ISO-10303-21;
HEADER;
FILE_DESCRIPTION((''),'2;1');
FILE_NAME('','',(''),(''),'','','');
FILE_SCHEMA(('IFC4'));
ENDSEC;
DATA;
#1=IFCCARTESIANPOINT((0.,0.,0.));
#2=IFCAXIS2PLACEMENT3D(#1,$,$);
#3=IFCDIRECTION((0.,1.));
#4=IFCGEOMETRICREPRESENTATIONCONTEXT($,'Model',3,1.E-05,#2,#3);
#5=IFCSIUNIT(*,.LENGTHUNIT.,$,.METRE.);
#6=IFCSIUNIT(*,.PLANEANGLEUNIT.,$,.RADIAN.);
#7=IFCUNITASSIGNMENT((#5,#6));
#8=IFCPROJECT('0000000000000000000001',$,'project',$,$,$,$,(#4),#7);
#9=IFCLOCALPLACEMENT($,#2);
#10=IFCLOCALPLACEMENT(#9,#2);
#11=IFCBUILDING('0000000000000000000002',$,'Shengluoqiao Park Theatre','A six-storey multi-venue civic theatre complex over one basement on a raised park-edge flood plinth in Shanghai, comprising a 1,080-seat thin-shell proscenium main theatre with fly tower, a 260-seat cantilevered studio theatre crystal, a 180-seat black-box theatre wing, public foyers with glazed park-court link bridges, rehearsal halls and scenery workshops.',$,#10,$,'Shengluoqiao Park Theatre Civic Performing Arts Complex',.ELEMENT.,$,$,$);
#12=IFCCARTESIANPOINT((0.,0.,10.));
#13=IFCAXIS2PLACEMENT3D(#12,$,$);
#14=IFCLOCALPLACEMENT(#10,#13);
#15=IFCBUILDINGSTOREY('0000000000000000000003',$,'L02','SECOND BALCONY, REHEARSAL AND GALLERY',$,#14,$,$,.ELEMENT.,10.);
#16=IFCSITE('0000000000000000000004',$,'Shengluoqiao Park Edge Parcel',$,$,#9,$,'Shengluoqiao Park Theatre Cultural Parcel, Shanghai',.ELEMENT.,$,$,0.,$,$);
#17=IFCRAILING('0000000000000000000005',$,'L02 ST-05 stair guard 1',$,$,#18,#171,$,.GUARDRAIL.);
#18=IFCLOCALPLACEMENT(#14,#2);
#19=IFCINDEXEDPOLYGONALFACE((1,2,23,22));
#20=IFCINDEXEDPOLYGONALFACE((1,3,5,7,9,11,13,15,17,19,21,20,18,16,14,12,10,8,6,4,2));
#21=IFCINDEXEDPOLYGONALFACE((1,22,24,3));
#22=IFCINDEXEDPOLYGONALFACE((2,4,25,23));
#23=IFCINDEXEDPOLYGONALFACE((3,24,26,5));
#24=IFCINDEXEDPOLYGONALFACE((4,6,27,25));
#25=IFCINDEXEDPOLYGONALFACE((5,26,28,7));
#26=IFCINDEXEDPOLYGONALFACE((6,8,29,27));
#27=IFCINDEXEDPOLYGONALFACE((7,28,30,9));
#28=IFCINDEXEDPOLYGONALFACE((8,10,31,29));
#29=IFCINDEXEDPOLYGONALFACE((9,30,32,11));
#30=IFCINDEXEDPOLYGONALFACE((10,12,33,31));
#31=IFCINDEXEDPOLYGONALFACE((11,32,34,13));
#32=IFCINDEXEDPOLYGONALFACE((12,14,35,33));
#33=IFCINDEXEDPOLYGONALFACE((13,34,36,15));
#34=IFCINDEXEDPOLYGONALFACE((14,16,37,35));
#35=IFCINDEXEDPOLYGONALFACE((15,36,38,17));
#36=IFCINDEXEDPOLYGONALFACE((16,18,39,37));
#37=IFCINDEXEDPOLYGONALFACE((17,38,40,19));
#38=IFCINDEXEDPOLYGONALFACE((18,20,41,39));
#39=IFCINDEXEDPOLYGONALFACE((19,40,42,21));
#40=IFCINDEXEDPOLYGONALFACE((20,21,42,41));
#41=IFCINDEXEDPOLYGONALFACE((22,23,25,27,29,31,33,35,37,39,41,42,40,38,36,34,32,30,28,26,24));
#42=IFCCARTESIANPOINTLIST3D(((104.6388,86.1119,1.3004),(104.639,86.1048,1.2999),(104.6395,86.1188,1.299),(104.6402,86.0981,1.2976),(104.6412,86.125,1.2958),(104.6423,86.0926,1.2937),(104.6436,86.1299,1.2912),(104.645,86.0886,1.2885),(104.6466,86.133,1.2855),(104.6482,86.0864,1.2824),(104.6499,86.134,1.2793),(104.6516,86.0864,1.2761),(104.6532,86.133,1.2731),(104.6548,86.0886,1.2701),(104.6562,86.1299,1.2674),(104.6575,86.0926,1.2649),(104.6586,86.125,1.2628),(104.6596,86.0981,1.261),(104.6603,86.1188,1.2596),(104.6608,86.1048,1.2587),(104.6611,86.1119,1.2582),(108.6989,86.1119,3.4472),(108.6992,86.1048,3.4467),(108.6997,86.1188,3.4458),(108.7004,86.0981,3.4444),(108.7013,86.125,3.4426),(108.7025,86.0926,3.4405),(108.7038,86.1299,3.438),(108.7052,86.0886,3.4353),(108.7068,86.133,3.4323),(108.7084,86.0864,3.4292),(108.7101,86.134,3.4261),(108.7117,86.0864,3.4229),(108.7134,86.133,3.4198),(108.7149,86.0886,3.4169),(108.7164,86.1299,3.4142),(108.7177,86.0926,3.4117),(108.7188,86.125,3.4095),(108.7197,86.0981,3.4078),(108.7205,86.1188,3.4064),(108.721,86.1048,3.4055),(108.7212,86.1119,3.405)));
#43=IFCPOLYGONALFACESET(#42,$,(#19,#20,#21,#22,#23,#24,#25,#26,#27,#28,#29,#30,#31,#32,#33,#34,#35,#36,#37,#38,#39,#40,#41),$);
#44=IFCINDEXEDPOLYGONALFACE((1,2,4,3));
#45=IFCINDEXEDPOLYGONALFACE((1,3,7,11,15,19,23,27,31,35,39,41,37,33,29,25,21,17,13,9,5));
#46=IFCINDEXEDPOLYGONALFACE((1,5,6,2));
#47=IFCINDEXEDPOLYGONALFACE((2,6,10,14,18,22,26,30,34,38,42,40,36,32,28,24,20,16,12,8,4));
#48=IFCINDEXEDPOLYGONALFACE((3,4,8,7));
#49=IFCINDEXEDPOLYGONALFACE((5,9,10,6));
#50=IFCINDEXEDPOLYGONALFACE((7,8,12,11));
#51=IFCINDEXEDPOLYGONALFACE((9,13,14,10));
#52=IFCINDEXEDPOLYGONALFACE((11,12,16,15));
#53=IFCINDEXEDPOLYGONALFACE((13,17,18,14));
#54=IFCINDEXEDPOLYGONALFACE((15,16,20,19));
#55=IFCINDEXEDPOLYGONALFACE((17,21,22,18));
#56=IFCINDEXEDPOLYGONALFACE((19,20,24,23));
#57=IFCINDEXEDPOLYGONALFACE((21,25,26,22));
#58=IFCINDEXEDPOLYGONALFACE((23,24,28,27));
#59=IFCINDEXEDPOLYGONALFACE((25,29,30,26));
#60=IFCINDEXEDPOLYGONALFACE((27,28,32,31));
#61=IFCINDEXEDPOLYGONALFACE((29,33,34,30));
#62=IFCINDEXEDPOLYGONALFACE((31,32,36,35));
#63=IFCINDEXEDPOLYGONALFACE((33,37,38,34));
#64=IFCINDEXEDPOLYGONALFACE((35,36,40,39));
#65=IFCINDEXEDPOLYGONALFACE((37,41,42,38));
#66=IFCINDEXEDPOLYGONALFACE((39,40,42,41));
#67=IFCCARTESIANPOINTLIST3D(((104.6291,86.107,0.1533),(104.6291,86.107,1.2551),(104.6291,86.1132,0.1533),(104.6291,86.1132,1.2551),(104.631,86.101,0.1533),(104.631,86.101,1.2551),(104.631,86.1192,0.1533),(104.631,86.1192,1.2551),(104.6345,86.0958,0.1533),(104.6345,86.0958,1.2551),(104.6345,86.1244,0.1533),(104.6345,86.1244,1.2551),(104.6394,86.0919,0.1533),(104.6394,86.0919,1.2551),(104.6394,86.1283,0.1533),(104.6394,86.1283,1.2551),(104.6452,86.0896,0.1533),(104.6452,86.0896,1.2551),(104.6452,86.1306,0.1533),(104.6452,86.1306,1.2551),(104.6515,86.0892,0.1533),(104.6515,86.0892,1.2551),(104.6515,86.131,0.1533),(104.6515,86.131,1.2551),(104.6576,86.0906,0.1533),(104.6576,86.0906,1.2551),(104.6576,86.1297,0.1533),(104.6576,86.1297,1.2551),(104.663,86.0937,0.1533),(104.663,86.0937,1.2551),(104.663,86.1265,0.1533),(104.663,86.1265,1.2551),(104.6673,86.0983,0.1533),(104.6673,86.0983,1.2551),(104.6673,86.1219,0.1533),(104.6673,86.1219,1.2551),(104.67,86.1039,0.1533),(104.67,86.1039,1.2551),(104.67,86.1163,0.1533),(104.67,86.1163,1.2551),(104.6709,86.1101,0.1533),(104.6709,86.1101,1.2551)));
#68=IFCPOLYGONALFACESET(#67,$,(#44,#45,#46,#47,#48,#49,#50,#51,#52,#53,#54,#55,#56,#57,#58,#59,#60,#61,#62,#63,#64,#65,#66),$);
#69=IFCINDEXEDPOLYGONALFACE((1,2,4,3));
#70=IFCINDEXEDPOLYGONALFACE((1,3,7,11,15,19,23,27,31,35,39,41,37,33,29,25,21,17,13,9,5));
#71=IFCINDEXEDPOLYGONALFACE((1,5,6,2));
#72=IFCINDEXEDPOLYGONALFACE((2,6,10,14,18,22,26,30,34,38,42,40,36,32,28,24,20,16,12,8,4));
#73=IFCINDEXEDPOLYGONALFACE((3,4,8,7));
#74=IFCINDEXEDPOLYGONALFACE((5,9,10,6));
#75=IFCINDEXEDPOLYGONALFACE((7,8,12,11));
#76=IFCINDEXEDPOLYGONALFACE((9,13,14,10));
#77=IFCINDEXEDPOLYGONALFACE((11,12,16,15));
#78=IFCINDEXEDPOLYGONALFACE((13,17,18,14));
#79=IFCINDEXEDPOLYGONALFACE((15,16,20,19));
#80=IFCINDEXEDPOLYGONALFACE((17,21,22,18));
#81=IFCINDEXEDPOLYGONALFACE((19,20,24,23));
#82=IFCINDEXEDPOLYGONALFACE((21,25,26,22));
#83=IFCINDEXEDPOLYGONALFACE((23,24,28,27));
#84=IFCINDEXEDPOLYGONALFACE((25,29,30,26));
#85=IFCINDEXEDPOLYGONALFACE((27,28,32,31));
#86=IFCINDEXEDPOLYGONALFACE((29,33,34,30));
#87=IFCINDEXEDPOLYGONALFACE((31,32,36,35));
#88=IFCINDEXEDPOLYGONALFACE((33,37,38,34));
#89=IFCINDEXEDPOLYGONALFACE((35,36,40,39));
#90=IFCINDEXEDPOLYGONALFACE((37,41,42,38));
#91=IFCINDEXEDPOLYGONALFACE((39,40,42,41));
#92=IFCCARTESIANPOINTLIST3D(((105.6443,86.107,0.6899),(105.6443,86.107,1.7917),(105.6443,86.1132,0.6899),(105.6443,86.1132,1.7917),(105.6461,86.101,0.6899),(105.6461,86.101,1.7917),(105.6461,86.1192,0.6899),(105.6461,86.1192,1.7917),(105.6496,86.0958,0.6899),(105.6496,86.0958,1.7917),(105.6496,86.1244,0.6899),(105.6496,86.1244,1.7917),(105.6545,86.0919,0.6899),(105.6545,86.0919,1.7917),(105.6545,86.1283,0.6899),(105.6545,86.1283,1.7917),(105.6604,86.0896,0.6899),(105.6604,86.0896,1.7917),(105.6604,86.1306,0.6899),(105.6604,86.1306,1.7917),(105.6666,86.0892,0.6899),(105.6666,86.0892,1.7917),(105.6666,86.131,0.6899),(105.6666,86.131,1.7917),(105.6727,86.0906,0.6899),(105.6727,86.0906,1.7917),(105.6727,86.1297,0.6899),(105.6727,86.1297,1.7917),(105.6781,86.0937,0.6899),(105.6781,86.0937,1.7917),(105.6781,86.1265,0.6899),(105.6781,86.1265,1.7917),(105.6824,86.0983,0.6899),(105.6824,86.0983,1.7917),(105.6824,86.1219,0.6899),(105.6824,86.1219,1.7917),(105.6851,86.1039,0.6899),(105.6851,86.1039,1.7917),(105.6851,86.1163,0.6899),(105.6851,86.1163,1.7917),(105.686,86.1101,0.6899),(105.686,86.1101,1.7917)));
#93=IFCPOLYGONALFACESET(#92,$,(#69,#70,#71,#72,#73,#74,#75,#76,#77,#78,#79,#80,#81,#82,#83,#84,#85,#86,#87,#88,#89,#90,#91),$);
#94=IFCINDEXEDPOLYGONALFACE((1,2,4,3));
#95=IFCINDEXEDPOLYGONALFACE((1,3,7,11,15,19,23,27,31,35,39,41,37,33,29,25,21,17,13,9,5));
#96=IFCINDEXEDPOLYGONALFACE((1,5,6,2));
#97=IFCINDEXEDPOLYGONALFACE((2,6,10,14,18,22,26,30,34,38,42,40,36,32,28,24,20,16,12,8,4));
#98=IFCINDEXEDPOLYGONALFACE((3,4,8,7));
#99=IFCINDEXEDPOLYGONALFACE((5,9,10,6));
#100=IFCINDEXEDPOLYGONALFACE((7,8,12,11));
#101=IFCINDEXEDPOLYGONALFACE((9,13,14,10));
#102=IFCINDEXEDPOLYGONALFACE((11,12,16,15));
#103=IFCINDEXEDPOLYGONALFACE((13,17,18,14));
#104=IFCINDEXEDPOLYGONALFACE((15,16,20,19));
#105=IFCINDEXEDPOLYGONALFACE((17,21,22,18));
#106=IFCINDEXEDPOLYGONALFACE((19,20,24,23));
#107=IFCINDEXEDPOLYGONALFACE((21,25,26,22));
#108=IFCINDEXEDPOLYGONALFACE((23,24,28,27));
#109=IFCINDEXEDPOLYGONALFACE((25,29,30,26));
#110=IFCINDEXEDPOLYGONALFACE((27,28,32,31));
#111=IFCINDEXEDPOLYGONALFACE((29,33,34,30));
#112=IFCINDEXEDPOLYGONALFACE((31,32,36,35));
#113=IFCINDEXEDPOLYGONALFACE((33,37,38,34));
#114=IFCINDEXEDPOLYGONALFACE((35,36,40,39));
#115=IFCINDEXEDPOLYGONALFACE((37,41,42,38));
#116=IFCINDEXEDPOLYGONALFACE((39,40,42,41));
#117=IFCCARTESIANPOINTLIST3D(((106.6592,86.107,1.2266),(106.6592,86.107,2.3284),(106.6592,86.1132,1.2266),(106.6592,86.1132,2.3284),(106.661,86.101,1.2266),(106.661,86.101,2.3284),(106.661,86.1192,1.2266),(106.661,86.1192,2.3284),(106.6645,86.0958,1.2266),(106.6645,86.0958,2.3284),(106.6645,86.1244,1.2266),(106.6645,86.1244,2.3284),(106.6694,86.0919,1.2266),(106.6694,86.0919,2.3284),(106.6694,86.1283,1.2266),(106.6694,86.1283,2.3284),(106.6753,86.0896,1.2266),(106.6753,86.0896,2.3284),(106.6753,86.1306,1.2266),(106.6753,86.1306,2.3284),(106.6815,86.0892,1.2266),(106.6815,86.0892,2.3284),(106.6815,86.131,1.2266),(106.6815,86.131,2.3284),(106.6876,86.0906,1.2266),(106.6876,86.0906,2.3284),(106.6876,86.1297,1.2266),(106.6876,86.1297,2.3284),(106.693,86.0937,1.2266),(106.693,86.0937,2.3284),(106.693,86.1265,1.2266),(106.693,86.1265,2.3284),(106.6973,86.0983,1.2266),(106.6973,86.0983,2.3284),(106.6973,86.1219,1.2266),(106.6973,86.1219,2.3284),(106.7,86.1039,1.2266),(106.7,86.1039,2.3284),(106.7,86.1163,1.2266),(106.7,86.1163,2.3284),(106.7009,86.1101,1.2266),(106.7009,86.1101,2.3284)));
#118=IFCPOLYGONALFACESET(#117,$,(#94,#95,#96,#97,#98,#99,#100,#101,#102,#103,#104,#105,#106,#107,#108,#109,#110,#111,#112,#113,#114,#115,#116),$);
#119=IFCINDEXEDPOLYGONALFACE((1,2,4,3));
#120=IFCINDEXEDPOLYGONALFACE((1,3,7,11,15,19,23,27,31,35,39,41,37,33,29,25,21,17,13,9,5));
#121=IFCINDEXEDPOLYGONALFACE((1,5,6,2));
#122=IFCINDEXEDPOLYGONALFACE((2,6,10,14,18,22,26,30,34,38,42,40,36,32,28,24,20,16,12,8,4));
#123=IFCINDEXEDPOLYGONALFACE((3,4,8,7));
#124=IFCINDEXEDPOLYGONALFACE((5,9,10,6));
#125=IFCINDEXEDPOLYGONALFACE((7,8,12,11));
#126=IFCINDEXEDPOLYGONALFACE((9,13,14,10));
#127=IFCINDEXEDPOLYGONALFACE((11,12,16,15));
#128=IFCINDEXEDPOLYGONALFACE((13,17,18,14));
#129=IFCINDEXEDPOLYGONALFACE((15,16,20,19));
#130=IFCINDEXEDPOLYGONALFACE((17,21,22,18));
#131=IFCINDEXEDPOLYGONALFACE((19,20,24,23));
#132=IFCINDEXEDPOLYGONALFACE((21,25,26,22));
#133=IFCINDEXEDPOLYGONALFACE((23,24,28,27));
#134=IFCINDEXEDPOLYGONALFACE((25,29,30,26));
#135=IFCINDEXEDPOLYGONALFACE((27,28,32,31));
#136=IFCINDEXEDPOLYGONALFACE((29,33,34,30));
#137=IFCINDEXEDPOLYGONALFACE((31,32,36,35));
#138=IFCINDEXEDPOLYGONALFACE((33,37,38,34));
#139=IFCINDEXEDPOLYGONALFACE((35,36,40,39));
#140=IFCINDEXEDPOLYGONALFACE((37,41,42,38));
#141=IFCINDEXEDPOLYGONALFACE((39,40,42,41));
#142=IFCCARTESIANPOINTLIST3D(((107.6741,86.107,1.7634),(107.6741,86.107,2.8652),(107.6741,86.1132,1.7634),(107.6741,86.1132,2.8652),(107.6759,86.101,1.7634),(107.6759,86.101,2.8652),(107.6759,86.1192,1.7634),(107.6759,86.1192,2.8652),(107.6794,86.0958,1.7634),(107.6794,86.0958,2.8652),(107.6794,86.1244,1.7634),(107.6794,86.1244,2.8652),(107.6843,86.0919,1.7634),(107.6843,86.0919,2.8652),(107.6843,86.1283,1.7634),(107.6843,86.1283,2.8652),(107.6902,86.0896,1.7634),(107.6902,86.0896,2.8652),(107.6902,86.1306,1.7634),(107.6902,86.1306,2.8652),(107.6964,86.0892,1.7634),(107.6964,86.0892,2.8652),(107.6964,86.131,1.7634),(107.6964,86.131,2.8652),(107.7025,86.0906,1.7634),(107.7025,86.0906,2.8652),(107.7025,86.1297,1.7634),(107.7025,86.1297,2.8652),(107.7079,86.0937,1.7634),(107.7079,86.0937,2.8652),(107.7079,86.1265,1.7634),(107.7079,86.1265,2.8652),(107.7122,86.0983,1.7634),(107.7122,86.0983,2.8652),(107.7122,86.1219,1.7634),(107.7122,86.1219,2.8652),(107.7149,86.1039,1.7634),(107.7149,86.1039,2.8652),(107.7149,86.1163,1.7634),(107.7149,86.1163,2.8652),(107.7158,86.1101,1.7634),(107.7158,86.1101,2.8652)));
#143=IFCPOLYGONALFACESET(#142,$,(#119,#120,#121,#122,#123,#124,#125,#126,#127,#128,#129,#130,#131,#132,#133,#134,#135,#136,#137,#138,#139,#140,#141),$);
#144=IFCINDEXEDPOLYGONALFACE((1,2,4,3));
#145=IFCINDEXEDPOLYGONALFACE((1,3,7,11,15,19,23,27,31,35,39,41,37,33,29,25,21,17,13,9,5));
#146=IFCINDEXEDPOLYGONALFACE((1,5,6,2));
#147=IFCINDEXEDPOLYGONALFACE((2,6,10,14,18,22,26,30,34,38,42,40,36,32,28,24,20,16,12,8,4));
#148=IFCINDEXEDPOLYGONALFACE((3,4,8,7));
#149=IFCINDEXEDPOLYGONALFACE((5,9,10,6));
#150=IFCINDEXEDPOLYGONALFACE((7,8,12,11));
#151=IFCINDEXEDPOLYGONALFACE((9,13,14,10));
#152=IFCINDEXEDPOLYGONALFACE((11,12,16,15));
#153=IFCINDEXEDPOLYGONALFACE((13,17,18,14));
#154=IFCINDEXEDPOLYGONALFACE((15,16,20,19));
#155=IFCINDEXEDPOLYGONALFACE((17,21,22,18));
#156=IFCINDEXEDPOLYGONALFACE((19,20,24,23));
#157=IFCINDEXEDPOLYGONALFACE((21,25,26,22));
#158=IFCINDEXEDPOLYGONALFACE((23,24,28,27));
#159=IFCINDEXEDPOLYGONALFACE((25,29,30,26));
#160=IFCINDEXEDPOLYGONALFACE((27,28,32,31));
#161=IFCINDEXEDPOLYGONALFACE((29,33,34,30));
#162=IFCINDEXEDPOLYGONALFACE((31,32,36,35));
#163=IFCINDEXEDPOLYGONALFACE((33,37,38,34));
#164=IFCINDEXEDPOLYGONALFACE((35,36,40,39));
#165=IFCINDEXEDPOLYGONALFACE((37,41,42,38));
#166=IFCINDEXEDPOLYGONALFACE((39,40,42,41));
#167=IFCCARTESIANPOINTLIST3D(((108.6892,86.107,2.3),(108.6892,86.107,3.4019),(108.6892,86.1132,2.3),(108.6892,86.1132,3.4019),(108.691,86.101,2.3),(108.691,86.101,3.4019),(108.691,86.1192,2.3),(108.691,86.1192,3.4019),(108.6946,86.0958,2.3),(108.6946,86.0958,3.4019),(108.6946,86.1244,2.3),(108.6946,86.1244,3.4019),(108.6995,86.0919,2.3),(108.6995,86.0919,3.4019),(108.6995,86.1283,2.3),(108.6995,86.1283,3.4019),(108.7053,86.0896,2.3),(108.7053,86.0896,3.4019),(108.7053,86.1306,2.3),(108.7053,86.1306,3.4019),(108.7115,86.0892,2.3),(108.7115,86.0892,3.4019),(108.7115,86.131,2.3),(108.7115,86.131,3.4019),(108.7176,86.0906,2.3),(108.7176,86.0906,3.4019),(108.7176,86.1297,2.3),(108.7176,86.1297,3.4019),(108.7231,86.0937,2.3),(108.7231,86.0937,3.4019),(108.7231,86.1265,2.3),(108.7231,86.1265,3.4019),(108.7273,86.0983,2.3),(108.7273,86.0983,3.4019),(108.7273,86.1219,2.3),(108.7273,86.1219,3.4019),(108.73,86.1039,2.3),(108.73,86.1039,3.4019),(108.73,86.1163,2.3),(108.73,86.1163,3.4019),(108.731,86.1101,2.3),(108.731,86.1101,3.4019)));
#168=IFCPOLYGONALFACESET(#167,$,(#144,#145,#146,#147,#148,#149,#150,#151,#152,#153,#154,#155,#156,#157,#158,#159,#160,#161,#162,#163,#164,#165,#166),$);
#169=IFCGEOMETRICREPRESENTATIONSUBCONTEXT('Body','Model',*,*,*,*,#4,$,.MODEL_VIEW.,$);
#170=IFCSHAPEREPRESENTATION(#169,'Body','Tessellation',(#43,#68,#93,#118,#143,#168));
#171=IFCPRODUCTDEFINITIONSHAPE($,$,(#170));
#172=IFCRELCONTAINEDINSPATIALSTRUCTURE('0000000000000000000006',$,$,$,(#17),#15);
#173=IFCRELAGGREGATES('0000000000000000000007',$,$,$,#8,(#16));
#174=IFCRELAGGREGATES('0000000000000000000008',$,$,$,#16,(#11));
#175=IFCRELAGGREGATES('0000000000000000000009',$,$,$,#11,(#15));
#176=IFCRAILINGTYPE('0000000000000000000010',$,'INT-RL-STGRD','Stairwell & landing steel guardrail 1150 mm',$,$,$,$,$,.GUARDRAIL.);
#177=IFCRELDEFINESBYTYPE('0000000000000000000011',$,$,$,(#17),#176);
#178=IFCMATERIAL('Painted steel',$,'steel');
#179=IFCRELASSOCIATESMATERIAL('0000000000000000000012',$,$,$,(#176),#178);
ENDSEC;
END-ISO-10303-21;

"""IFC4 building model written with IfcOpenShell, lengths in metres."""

from ifc_helpers import new_model, si_unit, direction, frame, origin, origin_2d, place, context, subcontext, project, spatial, circle, extrude, material, type_object, element, save


model = new_model("IFC4")

# Units and contexts
model_context = context("Model", 3, precision=1e-05, world=origin(), true_north=direction((0.0, 1.0)))
body_context = subcontext(model_context, "Body", "Model", "MODEL_VIEW")
ifc_project = project(units=[si_unit("LENGTHUNIT", "METRE"), si_unit("PLANEANGLEUNIT", "RADIAN")], contexts=[model_context])

# Site, building, storey
site_placement = place(None, origin())
site = spatial("IfcSite", under=ifc_project, at=site_placement, Name="Shengluoqiao Park Edge Parcel", LongName="Shengluoqiao Park Theatre Cultural Parcel, Shanghai", CompositionType="ELEMENT", RefElevation=0.0)
building_placement = place(site_placement, origin())
building = spatial("IfcBuilding", under=site, at=building_placement, Name="Shengluoqiao Park Theatre", Description="A six-storey multi-venue civic theatre complex over one basement on a raised park-edge flood plinth in Shanghai, comprising a 1,080-seat thin-shell proscenium main theatre with fly tower, a 260-seat cantilevered studio theatre crystal, a 180-seat black-box theatre wing, public foyers with glazed park-court link bridges, rehearsal halls and scenery workshops.", LongName="Shengluoqiao Park Theatre Civic Performing Arts Complex", CompositionType="ELEMENT")
storey_placement = place(building_placement, frame((0.0, 0.0, 10.0)))
storey = spatial("IfcBuildingStorey", under=building, at=storey_placement, Name="L02", Description="SECOND BALCONY, REHEARSAL AND GALLERY", CompositionType="ELEMENT", Elevation=10.0)

# Railing
ifc_material_1 = material(Name="Painted steel", Category="steel")
railing_type_1 = type_object("IfcRailingType", Name="INT-RL-STGRD", Description="Stairwell & landing steel guardrail 1150 mm", PredefinedType="GUARDRAIL", material=ifc_material_1)
railing_1_placement = place(storey_placement, frame((104.6499, 86.1101, 0.1533)))
element("IfcRailing", 1, at=railing_1_placement, inside=storey, type_object=railing_type_1, Name="L02 ST-05 stair guard 1", PredefinedType="GUARDRAIL", context=body_context, shape_type="SweptSolid", body=[
    extrude(circle(Radius=0.0239, at=origin_2d()), frame((0.0, 0.0, 1.126), z_axis=(0.884032, 0.0, 0.467426), x_axis=(0.0, 1.0, 0.0)), (0.0, 0.0, 1.0), 4.5928),
    extrude(circle(Radius=0.021, at=origin_2d()), origin(), (0.0, 0.0, 1.0), 1.1018),
    extrude(circle(Radius=0.021, at=origin_2d()), frame((1.0151, 0.0, 0.5366)), (0.0, 0.0, 1.0), 1.1018),
    extrude(circle(Radius=0.021, at=origin_2d()), frame((2.03, 0.0, 1.0732)), (0.0, 0.0, 1.0), 1.1018),
    extrude(circle(Radius=0.021, at=origin_2d()), frame((3.0449, 0.0, 1.6101)), (0.0, 0.0, 1.0), 1.1018),
    extrude(circle(Radius=0.021, at=origin_2d()), frame((4.0601, 0.0, 2.1467)), (0.0, 0.0, 1.0), 1.1018),
])

save(model, "model.ifc")
